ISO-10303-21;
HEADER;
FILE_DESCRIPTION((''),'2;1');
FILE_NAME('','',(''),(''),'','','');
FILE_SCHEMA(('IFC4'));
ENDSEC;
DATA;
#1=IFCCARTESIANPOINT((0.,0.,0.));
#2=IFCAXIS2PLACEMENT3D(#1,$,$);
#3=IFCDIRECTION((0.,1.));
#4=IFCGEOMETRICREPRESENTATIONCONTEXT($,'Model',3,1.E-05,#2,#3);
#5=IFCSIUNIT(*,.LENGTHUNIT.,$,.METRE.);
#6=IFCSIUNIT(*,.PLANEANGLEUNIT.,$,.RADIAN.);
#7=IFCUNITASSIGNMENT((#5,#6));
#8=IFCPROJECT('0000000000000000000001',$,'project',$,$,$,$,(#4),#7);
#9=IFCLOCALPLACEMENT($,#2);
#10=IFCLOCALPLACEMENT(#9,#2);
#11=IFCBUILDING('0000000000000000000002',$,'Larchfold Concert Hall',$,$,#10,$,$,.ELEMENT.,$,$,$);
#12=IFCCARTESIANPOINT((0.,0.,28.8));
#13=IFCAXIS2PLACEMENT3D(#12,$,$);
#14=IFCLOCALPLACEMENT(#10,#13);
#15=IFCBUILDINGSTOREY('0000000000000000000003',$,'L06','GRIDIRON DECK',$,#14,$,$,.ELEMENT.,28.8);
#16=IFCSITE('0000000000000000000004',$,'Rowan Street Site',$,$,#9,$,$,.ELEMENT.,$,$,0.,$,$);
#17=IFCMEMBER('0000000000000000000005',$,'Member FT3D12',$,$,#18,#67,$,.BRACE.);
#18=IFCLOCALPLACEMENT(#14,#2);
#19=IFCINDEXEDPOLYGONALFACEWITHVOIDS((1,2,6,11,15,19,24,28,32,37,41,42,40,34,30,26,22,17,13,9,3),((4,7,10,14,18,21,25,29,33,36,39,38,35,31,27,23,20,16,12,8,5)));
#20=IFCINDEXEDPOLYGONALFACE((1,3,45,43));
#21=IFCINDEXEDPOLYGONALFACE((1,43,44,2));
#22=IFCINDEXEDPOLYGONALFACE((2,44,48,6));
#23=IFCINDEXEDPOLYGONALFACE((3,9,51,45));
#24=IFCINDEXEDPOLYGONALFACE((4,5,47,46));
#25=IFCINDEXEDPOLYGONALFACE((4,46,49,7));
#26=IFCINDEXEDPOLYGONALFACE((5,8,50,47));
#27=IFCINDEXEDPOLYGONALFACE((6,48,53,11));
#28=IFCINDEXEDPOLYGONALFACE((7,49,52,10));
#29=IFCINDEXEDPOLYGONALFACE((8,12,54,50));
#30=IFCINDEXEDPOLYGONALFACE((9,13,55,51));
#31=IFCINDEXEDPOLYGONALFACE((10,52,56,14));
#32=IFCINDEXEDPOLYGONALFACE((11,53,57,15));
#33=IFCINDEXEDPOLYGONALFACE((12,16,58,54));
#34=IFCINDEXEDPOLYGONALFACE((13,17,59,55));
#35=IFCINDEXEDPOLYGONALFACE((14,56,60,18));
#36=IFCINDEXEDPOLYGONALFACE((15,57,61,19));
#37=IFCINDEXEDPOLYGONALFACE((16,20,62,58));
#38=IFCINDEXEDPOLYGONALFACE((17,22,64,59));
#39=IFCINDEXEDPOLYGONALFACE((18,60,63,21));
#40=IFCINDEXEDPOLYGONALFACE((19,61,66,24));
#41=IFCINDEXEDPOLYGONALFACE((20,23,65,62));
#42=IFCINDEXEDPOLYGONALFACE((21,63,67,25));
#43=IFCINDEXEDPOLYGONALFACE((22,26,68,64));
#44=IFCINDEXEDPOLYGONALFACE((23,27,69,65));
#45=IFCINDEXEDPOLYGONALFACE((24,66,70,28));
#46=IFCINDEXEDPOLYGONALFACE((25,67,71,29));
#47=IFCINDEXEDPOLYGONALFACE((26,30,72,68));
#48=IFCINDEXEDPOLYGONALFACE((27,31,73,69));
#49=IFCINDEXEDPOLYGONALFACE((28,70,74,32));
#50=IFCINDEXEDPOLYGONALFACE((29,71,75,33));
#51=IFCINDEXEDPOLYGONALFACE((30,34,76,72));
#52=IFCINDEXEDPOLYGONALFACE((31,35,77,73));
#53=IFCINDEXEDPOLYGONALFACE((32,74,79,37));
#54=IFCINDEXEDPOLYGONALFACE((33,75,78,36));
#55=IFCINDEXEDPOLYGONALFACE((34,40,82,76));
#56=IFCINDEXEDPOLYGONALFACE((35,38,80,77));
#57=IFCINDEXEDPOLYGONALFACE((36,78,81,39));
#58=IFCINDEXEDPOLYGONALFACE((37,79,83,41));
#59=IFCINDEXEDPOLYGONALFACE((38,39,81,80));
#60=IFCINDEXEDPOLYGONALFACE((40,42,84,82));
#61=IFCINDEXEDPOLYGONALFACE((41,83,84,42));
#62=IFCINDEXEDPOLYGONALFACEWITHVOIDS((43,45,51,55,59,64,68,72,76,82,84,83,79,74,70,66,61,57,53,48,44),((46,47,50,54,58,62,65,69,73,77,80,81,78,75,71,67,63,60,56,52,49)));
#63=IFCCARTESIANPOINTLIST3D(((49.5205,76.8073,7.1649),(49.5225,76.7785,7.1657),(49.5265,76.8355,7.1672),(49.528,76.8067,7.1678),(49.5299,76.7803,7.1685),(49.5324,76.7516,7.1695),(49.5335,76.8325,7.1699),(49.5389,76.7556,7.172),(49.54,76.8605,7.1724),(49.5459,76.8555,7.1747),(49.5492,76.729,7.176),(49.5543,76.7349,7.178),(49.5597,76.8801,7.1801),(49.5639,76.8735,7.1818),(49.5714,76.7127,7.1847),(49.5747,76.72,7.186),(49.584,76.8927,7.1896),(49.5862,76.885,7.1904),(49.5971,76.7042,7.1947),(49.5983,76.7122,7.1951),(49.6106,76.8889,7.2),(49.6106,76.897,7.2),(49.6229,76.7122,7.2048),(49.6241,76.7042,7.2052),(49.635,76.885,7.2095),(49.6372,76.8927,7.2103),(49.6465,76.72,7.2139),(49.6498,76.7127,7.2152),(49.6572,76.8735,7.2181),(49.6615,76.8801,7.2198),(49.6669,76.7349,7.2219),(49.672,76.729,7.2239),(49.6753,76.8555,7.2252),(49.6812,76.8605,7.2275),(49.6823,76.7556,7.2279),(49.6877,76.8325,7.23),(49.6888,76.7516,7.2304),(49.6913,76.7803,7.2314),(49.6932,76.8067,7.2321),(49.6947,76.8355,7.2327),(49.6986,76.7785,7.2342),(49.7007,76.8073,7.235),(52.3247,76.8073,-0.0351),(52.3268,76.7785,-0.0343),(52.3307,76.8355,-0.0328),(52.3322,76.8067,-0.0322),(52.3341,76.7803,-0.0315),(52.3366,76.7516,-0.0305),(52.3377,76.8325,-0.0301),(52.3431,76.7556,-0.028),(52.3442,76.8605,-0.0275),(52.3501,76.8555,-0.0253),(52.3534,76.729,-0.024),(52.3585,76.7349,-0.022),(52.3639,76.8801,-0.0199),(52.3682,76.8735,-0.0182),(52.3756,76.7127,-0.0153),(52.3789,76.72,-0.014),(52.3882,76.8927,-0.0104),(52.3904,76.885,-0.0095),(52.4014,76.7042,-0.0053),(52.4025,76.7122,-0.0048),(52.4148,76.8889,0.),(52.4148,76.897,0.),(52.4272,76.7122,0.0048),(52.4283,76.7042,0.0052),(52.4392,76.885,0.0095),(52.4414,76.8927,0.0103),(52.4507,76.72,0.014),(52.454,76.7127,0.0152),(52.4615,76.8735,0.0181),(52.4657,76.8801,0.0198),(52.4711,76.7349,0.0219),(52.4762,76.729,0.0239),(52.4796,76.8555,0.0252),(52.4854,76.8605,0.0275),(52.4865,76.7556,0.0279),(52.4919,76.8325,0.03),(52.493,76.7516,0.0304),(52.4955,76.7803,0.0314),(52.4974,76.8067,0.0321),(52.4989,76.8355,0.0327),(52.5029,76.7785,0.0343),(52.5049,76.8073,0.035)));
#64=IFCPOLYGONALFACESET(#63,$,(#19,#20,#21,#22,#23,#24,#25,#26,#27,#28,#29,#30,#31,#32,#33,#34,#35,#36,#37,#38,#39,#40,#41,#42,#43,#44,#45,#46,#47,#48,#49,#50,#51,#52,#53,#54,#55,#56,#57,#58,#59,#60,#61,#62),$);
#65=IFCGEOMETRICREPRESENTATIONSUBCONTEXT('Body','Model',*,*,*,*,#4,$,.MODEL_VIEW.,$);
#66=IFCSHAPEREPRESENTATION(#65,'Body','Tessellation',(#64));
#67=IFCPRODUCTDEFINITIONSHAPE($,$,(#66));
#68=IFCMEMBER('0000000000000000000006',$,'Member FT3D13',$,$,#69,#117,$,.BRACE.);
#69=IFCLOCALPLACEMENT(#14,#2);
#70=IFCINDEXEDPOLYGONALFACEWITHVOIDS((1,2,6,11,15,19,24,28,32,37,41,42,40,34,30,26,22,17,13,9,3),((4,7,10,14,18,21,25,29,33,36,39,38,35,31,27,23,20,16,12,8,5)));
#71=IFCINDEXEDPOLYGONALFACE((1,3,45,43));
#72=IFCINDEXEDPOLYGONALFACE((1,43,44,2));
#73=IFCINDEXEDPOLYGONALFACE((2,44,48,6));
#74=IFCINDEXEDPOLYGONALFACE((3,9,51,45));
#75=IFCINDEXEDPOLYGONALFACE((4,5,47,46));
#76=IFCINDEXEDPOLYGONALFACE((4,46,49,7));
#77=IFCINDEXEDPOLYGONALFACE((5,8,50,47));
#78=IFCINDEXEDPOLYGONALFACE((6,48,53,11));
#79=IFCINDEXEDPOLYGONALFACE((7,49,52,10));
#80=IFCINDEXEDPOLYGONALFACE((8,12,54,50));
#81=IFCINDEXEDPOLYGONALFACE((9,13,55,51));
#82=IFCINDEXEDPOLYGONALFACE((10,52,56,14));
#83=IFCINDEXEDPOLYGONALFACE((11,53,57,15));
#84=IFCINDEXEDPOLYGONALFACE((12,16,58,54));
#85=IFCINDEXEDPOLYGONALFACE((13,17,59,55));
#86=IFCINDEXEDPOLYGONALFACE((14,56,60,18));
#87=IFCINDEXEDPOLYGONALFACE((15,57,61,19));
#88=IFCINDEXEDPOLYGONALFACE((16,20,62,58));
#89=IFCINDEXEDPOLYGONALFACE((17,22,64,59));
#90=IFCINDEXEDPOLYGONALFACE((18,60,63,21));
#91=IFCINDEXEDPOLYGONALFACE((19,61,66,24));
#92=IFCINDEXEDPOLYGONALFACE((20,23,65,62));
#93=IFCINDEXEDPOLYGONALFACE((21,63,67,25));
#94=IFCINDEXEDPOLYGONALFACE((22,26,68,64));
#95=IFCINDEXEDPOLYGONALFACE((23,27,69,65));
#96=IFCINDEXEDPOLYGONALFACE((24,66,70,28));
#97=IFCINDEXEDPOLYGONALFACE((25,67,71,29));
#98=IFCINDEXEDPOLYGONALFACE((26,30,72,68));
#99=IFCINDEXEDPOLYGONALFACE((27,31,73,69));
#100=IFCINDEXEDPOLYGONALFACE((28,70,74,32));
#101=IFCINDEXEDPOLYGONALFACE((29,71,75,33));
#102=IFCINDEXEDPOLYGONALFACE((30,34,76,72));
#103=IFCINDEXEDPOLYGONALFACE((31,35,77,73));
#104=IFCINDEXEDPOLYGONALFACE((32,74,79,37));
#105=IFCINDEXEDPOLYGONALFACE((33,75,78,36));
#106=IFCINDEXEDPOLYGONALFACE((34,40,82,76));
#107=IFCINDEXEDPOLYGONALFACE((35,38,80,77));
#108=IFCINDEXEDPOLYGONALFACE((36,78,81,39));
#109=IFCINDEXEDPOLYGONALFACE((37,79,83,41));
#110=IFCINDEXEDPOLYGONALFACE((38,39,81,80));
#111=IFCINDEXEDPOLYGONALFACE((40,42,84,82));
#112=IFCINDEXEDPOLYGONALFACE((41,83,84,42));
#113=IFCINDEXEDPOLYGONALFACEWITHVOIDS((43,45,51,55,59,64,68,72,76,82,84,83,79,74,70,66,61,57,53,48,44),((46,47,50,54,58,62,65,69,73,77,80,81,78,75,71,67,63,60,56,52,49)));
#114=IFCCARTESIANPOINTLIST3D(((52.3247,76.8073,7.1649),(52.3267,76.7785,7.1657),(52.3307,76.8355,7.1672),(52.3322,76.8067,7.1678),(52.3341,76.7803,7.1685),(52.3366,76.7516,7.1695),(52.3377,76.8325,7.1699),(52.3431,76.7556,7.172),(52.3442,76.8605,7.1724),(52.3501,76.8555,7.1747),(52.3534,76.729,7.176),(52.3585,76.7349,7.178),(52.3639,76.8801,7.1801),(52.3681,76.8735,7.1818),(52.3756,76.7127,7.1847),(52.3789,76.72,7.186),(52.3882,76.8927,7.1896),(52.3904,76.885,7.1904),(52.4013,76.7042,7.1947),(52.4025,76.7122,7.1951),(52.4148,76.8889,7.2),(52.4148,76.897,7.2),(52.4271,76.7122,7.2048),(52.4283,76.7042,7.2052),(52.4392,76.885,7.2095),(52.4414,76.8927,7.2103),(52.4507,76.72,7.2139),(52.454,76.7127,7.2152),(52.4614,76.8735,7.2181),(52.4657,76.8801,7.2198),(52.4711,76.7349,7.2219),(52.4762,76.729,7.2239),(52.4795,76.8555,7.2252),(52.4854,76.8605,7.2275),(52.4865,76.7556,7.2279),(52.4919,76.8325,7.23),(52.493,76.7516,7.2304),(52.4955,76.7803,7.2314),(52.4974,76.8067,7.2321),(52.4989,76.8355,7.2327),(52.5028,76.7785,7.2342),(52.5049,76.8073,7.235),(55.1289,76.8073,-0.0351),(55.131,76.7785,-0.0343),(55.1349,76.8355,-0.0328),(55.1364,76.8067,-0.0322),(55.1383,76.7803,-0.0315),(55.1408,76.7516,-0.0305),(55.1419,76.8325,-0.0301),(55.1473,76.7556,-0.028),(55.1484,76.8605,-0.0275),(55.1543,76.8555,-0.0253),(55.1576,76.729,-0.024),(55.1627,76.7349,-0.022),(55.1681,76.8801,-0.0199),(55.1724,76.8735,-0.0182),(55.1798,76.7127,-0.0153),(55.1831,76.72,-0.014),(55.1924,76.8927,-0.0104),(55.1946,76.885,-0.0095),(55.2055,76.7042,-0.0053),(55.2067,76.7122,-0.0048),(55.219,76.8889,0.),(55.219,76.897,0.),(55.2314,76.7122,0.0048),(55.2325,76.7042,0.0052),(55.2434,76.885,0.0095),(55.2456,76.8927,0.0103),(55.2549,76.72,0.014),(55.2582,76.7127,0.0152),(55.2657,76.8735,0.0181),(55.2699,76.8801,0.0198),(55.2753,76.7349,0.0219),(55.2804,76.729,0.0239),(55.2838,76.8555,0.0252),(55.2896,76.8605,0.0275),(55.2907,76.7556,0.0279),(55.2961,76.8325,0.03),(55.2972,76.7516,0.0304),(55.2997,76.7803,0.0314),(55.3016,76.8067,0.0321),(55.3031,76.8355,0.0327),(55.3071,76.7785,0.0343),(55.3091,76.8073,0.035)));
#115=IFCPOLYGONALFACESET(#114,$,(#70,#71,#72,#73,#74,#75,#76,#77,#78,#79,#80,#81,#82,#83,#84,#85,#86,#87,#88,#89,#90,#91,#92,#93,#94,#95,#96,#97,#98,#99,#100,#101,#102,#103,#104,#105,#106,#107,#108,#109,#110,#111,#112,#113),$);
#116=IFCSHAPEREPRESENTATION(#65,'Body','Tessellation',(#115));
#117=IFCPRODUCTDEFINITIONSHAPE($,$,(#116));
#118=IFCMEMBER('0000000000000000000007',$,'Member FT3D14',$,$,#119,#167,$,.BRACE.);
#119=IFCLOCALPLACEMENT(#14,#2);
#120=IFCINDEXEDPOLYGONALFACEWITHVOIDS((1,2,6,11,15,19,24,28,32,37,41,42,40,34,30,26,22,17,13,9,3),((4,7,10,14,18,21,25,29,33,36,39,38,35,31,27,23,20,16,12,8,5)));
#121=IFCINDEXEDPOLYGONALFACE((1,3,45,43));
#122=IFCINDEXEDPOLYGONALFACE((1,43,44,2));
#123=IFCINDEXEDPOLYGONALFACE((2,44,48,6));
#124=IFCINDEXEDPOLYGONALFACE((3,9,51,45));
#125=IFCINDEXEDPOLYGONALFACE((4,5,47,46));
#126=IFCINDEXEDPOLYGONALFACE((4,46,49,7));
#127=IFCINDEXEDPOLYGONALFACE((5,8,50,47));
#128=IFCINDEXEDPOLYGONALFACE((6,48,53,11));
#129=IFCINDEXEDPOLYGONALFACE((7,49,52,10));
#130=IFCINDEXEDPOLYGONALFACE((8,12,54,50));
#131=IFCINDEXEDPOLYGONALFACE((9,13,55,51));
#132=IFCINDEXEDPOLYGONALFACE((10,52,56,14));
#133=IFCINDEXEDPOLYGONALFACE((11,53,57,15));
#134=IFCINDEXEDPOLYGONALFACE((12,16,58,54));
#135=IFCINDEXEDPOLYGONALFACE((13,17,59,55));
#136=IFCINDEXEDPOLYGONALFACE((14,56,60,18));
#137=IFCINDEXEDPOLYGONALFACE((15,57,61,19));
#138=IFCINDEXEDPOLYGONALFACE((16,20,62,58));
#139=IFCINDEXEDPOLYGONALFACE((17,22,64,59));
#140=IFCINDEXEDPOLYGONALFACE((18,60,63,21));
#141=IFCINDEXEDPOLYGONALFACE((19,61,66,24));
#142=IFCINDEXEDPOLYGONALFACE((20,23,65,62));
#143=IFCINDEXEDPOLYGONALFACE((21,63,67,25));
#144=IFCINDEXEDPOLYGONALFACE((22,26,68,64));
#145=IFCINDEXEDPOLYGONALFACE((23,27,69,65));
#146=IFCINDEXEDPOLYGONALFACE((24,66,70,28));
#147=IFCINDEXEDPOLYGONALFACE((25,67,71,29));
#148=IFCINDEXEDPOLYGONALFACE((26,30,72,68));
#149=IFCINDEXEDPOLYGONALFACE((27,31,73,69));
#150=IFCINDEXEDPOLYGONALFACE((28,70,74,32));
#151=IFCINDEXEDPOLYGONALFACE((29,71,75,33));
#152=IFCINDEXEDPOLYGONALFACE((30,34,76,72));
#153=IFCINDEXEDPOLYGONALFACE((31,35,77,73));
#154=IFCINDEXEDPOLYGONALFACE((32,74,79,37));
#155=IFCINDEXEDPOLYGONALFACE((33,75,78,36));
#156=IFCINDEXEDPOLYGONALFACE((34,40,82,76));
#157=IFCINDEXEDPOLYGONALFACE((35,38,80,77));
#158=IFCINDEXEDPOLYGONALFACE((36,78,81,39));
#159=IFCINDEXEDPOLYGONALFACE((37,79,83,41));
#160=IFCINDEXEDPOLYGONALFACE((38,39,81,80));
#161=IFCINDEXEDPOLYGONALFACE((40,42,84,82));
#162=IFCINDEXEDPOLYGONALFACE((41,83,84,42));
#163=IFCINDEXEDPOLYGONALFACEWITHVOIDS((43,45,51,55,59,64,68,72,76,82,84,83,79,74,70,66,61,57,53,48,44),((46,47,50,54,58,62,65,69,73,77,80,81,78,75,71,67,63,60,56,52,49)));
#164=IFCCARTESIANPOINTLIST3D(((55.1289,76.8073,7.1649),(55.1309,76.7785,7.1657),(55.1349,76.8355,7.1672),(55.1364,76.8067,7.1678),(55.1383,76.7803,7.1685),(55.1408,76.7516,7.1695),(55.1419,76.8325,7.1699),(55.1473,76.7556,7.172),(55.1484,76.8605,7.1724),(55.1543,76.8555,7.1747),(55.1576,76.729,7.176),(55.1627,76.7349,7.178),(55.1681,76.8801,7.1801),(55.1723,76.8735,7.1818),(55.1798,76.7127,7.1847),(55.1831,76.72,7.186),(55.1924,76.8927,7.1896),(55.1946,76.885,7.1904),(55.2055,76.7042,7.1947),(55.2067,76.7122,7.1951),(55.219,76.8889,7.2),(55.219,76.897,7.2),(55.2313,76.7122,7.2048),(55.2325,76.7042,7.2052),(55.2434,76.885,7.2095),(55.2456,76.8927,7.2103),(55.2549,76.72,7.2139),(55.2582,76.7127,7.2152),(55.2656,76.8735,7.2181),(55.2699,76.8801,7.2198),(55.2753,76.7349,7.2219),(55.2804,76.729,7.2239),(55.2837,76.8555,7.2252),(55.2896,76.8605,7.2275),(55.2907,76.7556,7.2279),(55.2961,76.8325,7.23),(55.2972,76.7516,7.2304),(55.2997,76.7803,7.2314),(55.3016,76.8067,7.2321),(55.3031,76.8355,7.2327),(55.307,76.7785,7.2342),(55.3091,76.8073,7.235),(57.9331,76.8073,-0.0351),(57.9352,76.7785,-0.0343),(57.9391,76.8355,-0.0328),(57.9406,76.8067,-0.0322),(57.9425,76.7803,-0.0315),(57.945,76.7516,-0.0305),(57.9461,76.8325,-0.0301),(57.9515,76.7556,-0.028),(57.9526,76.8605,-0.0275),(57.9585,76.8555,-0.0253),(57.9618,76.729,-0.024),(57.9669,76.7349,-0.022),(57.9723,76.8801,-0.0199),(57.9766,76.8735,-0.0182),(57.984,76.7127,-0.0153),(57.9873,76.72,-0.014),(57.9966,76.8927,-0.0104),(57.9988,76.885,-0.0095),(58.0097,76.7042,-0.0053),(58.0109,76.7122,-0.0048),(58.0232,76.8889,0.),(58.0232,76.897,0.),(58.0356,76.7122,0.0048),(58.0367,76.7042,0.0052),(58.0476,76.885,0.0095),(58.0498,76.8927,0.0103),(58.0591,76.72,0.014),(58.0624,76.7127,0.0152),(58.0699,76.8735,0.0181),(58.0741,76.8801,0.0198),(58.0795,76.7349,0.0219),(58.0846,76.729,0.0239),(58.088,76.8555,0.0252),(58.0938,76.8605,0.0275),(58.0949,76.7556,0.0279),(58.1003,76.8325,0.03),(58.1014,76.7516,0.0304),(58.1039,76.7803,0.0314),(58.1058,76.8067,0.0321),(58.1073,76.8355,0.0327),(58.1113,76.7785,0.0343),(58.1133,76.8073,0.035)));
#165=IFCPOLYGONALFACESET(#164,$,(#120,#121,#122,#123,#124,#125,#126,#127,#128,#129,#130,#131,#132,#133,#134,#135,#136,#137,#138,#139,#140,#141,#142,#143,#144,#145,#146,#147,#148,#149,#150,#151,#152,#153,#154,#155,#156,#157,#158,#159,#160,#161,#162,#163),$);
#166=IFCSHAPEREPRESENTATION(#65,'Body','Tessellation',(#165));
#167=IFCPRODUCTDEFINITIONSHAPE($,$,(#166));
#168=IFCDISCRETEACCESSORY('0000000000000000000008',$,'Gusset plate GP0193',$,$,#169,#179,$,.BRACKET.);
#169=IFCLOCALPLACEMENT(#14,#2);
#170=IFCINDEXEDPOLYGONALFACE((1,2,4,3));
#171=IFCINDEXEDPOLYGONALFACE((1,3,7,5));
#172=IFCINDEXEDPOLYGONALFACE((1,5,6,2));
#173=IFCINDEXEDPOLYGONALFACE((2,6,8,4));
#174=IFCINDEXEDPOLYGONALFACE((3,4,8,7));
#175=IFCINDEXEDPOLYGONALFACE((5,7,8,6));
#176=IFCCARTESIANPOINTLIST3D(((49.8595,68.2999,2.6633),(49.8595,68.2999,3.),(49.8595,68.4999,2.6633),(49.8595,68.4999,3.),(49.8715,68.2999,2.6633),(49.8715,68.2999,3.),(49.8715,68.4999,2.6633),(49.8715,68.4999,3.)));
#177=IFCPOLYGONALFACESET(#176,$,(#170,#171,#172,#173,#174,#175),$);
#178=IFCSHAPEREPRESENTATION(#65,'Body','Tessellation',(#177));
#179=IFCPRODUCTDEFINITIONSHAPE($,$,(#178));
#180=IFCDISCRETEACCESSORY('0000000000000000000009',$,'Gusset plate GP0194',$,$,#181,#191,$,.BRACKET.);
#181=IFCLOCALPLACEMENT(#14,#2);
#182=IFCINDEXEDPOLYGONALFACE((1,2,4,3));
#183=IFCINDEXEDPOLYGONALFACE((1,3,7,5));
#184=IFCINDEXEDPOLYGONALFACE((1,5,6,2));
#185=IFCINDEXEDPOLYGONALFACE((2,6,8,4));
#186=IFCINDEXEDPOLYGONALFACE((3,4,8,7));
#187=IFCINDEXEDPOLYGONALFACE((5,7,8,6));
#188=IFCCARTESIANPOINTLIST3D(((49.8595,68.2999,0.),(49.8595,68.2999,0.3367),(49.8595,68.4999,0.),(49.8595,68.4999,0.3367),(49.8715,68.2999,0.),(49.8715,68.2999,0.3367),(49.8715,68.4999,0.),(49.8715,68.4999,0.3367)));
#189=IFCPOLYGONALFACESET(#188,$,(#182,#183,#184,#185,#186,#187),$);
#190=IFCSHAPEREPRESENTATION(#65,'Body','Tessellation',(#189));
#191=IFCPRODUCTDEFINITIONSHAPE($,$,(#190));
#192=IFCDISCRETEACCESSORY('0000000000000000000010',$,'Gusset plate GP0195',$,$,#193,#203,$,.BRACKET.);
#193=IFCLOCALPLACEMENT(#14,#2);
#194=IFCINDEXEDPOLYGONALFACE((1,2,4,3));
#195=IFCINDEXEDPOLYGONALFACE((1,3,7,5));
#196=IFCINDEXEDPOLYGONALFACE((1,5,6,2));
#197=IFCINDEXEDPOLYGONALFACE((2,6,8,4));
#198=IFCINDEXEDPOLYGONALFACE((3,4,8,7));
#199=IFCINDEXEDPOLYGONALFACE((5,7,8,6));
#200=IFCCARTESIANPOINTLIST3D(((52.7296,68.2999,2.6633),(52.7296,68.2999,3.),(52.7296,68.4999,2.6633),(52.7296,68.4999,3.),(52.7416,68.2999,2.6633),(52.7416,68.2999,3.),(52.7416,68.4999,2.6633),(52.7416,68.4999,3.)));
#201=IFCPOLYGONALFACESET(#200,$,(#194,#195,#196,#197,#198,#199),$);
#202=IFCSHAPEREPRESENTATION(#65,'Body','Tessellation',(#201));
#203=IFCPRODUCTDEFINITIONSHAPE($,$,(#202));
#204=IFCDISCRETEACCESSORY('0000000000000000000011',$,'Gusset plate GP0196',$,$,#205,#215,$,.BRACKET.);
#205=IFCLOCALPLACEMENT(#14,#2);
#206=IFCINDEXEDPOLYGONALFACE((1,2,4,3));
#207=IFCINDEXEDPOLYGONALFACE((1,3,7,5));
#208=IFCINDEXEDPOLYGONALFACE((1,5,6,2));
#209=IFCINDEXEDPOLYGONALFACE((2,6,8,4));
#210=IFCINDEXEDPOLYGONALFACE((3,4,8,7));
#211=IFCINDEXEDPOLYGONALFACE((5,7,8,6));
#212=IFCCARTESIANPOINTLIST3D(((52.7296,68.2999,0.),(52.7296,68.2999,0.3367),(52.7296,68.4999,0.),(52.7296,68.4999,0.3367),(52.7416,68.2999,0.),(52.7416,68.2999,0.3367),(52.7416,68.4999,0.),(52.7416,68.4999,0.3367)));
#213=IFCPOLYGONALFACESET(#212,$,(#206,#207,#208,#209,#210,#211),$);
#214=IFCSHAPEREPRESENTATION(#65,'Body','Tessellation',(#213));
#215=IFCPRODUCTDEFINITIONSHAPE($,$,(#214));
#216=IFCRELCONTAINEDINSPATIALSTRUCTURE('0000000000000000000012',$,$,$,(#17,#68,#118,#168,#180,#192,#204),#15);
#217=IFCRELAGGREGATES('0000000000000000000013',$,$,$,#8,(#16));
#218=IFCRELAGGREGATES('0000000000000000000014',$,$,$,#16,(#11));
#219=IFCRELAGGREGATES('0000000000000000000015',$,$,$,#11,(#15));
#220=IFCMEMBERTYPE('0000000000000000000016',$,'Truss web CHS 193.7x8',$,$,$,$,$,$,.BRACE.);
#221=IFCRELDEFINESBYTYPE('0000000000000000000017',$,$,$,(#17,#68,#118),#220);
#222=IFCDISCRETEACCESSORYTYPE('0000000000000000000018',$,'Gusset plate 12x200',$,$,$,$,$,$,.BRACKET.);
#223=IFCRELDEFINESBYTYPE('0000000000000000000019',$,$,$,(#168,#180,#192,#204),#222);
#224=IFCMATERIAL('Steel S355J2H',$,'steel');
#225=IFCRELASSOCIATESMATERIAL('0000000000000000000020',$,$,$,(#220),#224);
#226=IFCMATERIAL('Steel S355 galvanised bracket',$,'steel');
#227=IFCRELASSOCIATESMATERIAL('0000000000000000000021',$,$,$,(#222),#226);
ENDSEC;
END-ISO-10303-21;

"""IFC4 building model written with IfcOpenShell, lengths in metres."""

from ifc_helpers import new_model, si_unit, direction, frame, origin, origin_2d, place, context, subcontext, project, spatial, rectangle, hollow_circle, extrude, material, material_profile, profile_set, type_object, element, save


model = new_model("IFC4")

# Units and contexts
model_context = context("Model", 3, precision=1e-05, world=origin(), true_north=direction((0.0, 1.0)))
body_context = subcontext(model_context, "Body", "Model", "MODEL_VIEW")
ifc_project = project(units=[si_unit("LENGTHUNIT", "METRE"), si_unit("PLANEANGLEUNIT", "RADIAN")], contexts=[model_context])

# Site, building, storey
site_placement = place(None, origin())
site = spatial("IfcSite", under=ifc_project, at=site_placement, Name="Rowan Street Site", CompositionType="ELEMENT", RefElevation=0.0)
building_placement = place(site_placement, origin())
building = spatial("IfcBuilding", under=site, at=building_placement, Name="Larchfold Concert Hall", CompositionType="ELEMENT")
storey_placement = place(building_placement, frame((0.0, 0.0, 28.8)))
storey = spatial("IfcBuildingStorey", under=building, at=storey_placement, Name="L06", Description="GRIDIRON DECK", CompositionType="ELEMENT", Elevation=28.8)

# Members
ifc_material_1 = material(Name="Steel S355J2H", Category="steel")
ifc_material_profile_1 = material_profile(ifc_material_1, hollow_circle(Radius=0.0969, WallThickness=0.0081, at=origin_2d()))
ifc_profile_set_1 = profile_set([ifc_material_profile_1], Name="Steel S355J2H")
member_type_1 = type_object("IfcMemberType", Name="Truss web CHS 193.7x8", PredefinedType="BRACE", material=ifc_profile_set_1)
for number, where, z_axis, x_axis, name in (
    (1, (49.6106, 76.8, 7.2), (0.36292, 0.0, -0.93182), (0.0, 1.0, 0.0), "Member FT3D12"),
    (2, (52.4148, 76.8, 7.2), (0.36292, 0.0, -0.93182), (0.0, 1.0, 0.0), "Member FT3D13"),
    (3, (55.219, 76.8, 7.2), (0.36292, 0.0, -0.93182), (0.0, 1.0, 0.0), "Member FT3D14"),
):
    element("IfcMember", number, at=place(storey_placement, frame(where, z_axis=z_axis, x_axis=x_axis)), inside=storey, type_object=member_type_1, Name=name, PredefinedType="BRACE", context=body_context, shape_type="SweptSolid", body=[
        extrude(hollow_circle(Radius=0.0969, WallThickness=0.0081, at=origin_2d()), origin(), (0.0, 0.0, 1.0), 7.7268),
    ])

# Discrete accessories
ifc_material_2 = material(Name="Steel S355 galvanised bracket", Category="steel")
ifc_material_profile_2 = material_profile(ifc_material_2, rectangle(XDim=0.012, YDim=0.2, at=origin_2d()))
ifc_profile_set_2 = profile_set([ifc_material_profile_2], Name="Steel S355 galvanised bracket")
discrete_accessory_type = type_object("IfcDiscreteAccessoryType", Name="Gusset plate 12x200", PredefinedType="BRACKET", material=ifc_profile_set_2)
for number, where, z_axis, x_axis, name in (
    (4, (49.8655, 68.3999, 3.0), (0.0, 0.0, -1.0), (1.0, 0.0, 0.0), "Gusset plate GP0193"),
    (5, (49.8655, 68.3999, 0.3367), (0.0, 0.0, -1.0), (1.0, 0.0, 0.0), "Gusset plate GP0194"),
    (6, (52.7356, 68.3999, 3.0), (0.0, 0.0, -1.0), (1.0, 0.0, 0.0), "Gusset plate GP0195"),
    (7, (52.7356, 68.3999, 0.3367), (0.0, 0.0, -1.0), (1.0, 0.0, 0.0), "Gusset plate GP0196"),
):
    element("IfcDiscreteAccessory", number, at=place(storey_placement, frame(where, z_axis=z_axis, x_axis=x_axis)), inside=storey, type_object=discrete_accessory_type, Name=name, PredefinedType="BRACKET", context=body_context, shape_type="SweptSolid", body=[
        extrude(rectangle(XDim=0.012, YDim=0.2, at=origin_2d()), origin(), (0.0, 0.0, 1.0), 0.3367),
    ])

save(model, "model.ifc")
